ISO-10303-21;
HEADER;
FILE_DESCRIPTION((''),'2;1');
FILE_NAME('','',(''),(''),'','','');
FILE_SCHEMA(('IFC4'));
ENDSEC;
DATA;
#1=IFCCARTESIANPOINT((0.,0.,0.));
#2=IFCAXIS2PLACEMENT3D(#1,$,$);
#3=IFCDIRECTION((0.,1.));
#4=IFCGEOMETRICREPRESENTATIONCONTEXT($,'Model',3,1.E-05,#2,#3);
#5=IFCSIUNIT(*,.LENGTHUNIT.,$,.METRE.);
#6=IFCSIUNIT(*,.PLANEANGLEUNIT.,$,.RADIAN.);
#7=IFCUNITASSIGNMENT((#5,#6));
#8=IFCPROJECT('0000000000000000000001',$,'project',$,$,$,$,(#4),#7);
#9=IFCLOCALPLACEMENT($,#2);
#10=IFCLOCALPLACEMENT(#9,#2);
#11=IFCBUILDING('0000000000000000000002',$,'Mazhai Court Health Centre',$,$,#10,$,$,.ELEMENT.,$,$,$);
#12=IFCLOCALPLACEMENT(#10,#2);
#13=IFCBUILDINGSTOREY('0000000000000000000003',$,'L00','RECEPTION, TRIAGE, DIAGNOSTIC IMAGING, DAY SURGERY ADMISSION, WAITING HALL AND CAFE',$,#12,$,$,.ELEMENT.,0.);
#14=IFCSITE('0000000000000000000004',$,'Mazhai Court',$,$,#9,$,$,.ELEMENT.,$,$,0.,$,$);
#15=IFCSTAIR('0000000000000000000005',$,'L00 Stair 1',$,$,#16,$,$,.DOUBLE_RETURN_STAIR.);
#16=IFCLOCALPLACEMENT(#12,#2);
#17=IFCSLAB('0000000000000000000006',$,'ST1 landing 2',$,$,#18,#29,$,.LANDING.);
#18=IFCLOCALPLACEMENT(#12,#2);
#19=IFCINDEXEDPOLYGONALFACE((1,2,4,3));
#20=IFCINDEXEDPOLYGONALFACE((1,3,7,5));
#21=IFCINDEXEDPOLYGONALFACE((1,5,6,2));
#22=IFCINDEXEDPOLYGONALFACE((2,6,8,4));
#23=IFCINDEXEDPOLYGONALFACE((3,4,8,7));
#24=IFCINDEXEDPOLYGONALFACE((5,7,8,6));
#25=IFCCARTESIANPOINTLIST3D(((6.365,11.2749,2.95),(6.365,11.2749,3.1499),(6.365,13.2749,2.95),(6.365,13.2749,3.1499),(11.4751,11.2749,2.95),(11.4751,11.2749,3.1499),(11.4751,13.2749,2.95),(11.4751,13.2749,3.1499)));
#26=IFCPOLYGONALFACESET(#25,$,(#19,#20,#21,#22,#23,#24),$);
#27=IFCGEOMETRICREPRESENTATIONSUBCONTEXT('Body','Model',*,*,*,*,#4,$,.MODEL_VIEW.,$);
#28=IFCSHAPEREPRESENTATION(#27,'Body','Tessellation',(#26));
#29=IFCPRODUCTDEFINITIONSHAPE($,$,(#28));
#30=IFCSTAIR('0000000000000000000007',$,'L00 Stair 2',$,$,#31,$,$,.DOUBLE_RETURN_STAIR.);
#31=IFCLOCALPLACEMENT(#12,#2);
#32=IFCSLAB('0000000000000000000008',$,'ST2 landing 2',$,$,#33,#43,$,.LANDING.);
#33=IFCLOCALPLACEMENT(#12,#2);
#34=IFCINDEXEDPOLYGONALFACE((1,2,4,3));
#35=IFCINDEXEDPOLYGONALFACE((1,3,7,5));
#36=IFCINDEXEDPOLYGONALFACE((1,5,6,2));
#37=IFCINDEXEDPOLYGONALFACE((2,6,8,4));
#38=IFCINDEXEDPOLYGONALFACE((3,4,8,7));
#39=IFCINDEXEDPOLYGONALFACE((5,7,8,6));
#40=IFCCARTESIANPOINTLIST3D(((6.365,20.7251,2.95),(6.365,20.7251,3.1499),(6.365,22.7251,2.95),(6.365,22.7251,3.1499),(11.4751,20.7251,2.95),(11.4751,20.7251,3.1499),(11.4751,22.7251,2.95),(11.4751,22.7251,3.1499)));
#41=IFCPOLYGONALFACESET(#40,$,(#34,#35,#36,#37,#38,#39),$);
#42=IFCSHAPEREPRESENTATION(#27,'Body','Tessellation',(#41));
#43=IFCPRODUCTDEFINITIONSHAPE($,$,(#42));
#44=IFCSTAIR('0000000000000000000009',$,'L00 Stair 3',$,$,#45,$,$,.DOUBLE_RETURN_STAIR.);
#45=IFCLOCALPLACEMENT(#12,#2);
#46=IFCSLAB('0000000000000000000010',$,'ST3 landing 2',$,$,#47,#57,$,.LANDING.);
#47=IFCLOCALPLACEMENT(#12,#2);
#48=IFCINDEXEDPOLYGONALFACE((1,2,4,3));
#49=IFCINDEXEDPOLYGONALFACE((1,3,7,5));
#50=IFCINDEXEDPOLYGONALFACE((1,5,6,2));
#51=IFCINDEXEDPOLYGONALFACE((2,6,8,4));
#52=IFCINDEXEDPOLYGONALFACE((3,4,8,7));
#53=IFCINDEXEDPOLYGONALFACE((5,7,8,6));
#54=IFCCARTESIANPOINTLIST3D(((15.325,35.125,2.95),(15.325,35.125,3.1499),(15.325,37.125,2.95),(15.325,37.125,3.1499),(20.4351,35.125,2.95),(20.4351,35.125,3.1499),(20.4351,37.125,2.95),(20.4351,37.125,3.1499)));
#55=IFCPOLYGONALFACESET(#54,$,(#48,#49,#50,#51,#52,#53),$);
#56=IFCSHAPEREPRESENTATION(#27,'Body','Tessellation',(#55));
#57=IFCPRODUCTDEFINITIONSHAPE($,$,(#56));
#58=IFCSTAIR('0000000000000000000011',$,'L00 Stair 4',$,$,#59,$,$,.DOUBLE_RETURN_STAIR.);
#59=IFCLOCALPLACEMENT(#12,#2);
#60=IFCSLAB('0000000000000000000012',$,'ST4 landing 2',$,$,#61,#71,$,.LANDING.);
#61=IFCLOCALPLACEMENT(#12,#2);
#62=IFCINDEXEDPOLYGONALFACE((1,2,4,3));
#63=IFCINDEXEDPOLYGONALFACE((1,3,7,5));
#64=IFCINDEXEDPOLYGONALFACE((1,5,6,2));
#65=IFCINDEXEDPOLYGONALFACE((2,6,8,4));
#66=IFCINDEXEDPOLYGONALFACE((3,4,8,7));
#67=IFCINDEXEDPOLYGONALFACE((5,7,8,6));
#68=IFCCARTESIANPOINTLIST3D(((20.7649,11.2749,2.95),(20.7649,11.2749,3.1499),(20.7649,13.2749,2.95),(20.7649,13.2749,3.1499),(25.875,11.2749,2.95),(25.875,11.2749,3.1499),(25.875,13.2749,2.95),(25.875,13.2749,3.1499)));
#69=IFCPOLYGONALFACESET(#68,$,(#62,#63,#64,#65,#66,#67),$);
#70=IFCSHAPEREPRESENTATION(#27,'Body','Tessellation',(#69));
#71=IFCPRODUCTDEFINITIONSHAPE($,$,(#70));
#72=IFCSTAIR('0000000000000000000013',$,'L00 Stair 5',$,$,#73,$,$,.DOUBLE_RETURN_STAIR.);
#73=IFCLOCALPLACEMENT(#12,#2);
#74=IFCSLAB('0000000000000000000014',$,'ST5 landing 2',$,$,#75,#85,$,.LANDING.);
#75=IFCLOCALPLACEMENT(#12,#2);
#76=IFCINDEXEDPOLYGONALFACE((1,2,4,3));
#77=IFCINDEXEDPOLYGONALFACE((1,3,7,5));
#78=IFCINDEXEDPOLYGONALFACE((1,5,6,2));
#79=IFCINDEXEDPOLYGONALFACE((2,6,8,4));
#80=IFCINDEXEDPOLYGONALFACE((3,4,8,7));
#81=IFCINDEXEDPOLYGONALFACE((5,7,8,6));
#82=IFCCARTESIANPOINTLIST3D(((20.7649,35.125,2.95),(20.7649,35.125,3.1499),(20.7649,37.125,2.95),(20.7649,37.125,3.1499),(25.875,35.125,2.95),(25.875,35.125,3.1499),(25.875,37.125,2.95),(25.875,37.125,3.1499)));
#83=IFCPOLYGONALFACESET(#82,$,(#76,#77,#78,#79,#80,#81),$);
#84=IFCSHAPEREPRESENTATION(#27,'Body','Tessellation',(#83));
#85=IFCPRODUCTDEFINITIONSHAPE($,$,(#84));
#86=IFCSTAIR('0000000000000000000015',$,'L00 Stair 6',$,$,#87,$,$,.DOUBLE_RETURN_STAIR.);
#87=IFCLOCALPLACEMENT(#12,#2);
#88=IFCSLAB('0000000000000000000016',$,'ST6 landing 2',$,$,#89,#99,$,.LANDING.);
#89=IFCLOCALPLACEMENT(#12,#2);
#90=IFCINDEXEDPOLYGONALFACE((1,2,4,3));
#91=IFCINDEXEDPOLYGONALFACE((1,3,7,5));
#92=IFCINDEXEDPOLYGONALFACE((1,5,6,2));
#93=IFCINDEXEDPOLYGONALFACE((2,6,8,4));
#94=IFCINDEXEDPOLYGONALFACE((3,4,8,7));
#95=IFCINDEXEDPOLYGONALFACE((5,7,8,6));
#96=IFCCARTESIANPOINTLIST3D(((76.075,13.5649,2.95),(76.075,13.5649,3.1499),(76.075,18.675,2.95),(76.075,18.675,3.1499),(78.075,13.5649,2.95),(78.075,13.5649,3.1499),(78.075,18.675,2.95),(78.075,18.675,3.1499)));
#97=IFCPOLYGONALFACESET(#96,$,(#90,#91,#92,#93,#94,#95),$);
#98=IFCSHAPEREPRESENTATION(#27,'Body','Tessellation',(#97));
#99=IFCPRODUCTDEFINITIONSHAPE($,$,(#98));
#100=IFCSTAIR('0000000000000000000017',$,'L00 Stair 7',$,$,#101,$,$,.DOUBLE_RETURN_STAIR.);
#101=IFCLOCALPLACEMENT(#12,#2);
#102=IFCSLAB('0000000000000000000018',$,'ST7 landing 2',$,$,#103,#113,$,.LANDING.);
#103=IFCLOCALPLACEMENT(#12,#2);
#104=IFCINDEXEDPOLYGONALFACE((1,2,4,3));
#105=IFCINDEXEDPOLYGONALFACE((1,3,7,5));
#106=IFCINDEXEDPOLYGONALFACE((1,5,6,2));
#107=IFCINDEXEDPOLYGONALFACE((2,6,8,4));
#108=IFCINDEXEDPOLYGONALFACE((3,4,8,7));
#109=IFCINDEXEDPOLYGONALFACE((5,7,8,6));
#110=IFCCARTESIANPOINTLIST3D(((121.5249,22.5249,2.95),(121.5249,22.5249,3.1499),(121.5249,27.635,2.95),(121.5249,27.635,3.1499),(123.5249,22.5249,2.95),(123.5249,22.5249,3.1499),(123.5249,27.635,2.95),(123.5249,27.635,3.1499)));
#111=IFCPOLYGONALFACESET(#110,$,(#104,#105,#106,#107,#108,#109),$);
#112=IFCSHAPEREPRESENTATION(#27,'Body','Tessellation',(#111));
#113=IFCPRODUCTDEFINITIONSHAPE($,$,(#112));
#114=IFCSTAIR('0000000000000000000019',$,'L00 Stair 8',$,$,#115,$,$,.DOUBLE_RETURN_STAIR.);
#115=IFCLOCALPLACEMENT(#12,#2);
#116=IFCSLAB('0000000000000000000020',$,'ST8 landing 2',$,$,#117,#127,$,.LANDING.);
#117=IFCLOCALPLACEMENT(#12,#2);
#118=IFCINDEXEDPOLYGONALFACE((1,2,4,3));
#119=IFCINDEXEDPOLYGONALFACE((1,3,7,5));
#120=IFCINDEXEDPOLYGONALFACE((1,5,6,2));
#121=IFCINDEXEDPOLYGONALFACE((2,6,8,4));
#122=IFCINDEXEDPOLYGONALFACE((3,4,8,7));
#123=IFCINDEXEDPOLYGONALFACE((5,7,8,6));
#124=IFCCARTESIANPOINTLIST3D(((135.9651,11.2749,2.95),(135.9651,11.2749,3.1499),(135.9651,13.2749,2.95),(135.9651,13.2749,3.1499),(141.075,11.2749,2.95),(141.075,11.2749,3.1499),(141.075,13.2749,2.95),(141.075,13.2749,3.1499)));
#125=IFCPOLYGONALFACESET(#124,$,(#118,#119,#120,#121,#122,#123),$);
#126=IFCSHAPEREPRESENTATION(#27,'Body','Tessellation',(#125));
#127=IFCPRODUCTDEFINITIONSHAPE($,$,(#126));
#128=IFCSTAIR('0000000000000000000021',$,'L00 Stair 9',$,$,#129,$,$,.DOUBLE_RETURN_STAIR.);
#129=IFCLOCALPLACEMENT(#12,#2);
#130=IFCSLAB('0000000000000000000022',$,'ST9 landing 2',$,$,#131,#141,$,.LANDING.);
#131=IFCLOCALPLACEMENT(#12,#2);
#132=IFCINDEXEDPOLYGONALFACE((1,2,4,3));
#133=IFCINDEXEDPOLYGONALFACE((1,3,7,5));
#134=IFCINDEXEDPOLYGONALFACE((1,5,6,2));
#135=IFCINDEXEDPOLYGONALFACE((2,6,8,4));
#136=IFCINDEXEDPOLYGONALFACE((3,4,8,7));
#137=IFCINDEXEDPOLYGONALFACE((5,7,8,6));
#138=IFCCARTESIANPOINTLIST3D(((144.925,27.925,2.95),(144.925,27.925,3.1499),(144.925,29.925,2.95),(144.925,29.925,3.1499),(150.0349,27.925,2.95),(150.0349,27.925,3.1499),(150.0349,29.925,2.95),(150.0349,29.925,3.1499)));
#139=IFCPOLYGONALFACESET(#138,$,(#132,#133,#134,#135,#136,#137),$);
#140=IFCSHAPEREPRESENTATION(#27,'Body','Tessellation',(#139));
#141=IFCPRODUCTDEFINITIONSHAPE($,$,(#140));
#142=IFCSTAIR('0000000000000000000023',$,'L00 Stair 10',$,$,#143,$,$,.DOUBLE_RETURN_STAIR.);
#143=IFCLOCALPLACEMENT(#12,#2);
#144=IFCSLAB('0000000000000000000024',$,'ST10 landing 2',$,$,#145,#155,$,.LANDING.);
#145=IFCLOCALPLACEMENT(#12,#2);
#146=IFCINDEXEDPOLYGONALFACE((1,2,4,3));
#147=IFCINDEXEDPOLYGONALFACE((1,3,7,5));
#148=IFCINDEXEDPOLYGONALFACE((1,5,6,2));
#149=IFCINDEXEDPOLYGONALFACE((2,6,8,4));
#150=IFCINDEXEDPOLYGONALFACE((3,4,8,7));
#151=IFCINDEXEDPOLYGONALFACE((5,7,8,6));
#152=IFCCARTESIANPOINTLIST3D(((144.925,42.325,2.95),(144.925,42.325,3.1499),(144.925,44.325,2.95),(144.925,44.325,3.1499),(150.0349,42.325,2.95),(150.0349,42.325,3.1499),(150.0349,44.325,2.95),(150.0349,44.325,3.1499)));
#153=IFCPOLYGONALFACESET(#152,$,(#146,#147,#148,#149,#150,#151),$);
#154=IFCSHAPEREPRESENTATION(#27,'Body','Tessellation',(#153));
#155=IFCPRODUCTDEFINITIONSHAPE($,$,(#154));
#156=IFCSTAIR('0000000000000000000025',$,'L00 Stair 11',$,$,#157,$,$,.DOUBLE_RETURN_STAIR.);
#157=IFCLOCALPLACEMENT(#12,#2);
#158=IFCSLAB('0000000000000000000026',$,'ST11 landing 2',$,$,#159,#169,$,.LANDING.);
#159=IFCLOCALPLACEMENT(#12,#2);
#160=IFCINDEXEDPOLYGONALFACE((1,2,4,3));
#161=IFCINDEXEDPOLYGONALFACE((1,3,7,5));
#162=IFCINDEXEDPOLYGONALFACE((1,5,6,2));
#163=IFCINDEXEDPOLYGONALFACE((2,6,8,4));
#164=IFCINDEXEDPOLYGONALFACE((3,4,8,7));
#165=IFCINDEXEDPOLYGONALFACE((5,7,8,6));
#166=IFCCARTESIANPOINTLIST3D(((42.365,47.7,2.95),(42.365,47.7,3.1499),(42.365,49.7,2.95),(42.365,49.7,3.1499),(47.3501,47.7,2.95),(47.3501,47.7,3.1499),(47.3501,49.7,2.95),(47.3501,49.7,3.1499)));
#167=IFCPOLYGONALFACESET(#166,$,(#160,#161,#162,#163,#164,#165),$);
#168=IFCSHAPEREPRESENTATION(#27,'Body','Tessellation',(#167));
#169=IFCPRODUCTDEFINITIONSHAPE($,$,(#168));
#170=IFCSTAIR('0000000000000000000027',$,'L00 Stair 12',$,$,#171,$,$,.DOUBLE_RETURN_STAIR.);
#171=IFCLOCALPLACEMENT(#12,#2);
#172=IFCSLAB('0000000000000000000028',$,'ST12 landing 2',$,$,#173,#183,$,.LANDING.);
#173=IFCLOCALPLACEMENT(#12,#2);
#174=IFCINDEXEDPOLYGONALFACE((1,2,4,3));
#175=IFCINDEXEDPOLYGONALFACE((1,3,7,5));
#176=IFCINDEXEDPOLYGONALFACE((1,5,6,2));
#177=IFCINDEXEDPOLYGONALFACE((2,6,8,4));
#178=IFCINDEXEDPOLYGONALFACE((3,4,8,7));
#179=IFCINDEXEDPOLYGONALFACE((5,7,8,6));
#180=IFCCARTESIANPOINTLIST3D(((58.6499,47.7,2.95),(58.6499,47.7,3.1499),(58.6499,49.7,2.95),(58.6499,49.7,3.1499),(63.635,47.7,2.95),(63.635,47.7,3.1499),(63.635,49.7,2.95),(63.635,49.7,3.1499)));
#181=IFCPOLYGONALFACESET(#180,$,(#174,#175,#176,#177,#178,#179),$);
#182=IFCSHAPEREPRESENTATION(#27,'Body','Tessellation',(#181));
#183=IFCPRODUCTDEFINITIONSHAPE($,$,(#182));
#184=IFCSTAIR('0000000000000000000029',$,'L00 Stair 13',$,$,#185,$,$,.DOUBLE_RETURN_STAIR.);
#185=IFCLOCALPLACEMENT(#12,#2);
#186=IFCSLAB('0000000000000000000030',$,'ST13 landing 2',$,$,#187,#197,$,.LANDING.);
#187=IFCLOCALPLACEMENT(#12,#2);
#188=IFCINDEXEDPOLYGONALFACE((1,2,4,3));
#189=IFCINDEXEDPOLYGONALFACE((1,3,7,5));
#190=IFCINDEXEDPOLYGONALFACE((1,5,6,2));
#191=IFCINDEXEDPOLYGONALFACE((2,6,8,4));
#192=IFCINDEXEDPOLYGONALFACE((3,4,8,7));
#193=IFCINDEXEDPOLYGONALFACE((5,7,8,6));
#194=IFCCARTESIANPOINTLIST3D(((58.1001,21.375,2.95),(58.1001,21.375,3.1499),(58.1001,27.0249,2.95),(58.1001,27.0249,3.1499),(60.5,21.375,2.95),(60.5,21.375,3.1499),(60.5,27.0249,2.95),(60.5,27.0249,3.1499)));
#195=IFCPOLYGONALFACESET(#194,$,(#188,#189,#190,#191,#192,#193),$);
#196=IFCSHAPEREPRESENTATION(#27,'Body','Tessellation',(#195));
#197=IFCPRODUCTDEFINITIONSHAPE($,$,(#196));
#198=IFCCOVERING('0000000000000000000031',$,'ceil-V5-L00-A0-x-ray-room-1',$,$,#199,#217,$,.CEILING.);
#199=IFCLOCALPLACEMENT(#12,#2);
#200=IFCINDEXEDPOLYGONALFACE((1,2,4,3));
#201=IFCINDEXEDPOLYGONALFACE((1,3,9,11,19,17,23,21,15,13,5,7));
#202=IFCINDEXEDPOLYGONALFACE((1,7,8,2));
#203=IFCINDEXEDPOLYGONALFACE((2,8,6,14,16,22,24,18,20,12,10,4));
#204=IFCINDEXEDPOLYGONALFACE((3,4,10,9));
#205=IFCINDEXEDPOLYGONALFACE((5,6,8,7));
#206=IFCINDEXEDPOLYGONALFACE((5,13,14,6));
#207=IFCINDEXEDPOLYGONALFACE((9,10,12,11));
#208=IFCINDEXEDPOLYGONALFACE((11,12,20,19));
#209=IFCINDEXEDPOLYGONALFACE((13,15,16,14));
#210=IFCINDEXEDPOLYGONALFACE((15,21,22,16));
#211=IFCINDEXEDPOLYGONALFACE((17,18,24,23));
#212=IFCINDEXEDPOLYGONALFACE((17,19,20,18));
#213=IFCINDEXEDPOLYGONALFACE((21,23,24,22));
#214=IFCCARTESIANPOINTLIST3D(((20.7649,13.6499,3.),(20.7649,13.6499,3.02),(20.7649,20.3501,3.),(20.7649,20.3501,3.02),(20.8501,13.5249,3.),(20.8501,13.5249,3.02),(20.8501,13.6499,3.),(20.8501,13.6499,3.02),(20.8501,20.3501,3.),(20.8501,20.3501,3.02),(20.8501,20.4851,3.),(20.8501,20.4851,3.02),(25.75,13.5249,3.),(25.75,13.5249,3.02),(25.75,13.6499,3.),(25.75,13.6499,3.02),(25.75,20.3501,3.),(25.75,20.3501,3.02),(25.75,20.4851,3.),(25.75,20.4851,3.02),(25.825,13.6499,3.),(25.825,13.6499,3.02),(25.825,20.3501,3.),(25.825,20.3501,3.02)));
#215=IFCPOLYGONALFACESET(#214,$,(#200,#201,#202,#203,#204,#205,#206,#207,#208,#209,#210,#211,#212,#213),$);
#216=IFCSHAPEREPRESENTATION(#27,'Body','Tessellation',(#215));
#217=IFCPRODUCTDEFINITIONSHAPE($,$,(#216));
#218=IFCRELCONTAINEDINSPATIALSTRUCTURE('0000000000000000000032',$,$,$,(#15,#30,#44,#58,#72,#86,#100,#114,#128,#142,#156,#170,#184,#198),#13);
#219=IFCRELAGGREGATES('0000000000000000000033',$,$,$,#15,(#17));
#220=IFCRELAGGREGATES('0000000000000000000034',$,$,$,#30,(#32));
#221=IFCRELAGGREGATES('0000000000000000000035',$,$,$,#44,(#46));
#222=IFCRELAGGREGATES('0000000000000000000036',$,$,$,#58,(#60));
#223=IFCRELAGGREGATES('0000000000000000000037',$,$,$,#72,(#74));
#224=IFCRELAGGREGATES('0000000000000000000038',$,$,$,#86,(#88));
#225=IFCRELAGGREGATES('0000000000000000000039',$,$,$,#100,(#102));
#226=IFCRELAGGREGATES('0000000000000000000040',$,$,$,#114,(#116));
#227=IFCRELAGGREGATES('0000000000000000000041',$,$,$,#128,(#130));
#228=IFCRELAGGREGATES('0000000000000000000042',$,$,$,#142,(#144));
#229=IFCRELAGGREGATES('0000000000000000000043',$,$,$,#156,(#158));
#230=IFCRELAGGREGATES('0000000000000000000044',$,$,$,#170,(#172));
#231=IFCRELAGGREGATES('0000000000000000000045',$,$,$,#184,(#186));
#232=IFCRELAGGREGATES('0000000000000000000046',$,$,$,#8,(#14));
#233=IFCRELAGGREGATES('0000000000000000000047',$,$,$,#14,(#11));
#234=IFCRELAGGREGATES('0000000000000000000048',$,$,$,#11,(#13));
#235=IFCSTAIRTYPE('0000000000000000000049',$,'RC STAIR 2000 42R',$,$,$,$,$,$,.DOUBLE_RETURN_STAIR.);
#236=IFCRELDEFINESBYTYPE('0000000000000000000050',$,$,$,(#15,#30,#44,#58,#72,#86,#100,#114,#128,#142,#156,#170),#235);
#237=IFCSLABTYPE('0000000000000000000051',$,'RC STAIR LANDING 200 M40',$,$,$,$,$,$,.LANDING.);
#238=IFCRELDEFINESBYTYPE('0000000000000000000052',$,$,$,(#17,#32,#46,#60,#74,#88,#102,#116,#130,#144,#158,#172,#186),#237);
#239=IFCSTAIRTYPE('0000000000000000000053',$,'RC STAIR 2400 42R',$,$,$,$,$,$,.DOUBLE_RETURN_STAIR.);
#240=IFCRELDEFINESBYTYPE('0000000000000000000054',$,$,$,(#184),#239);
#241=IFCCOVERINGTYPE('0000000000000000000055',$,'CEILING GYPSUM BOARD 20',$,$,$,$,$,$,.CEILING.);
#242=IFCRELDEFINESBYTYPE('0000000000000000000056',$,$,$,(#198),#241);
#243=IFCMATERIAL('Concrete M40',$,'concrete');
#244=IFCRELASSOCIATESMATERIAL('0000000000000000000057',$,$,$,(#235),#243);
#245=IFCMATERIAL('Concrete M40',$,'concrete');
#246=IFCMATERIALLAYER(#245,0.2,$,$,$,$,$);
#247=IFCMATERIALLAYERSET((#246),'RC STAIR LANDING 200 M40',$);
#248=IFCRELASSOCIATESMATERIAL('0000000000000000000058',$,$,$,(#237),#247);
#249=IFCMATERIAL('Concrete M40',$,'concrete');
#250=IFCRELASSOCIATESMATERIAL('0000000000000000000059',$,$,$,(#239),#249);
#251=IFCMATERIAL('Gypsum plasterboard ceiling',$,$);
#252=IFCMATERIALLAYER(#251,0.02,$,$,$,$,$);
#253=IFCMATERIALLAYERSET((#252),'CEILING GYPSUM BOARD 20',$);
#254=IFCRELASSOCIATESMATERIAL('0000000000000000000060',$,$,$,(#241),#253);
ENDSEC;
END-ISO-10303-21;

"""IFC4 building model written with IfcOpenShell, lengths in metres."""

from ifc_helpers import new_model, si_unit, direction, frame, origin, place, context, subcontext, project, spatial, polyline, outline, extrude, material, layer, layer_set, type_object, element, aggregate, save


model = new_model("IFC4")

# Units and contexts
model_context = context("Model", 3, precision=1e-05, world=origin(), true_north=direction((0.0, 1.0)))
body_context = subcontext(model_context, "Body", "Model", "MODEL_VIEW")
ifc_project = project(units=[si_unit("LENGTHUNIT", "METRE"), si_unit("PLANEANGLEUNIT", "RADIAN")], contexts=[model_context])

# Site, building, storey
site_placement = place(None, origin())
site = spatial("IfcSite", under=ifc_project, at=site_placement, Name="Mazhai Court", CompositionType="ELEMENT", RefElevation=0.0)
building_placement = place(site_placement, origin())
building = spatial("IfcBuilding", under=site, at=building_placement, Name="Mazhai Court Health Centre", CompositionType="ELEMENT")
storey_placement = place(building_placement, origin())
storey = spatial("IfcBuildingStorey", under=building, at=storey_placement, Name="L00", Description="RECEPTION, TRIAGE, DIAGNOSTIC IMAGING, DAY SURGERY ADMISSION, WAITING HALL AND CAFE", CompositionType="ELEMENT", Elevation=0.0)

# Stairs, slabs
ifc_material_1 = material(Name="Concrete M40", Category="concrete")
stair_type_1 = type_object("IfcStairType", Name="RC STAIR 2000 42R", PredefinedType="DOUBLE_RETURN_STAIR", material=ifc_material_1)
stair_1_placement = place(storey_placement, origin())
stair_1 = element("IfcStair", 1, at=stair_1_placement, inside=storey, type_object=stair_type_1, Name="L00 Stair 1", PredefinedType="DOUBLE_RETURN_STAIR")
ifc_material_2 = material(Name="Concrete M40", Category="concrete")
ifc_layer_1 = layer(ifc_material_2, 0.2)
ifc_layer_set_1 = layer_set([ifc_layer_1], Name="RC STAIR LANDING 200 M40")
slab_type = type_object("IfcSlabType", Name="RC STAIR LANDING 200 M40", PredefinedType="LANDING", material=ifc_layer_set_1)
slab_1_placement = place(storey_placement, frame((0.0, 0.0, 2.95)))
slab_1 = element("IfcSlab", 2, at=slab_1_placement, type_object=slab_type, Name="ST1 landing 2", PredefinedType="LANDING", context=body_context, shape_type="SweptSolid", body=[
    extrude(outline(polyline([(6.365, 13.2749), (6.365, 11.2749), (11.4751, 11.2749), (11.4751, 13.2749), (6.365, 13.2749)])), origin(), (0.0, 0.0, 1.0), 0.2),
])
aggregate(stair_1, [slab_1])
stair_2_placement = place(storey_placement, origin())
stair_2 = element("IfcStair", 3, at=stair_2_placement, inside=storey, type_object=stair_type_1, Name="L00 Stair 2", PredefinedType="DOUBLE_RETURN_STAIR")
slab_2_placement = place(storey_placement, frame((0.0, 0.0, 2.95)))
slab_2 = element("IfcSlab", 4, at=slab_2_placement, type_object=slab_type, Name="ST2 landing 2", PredefinedType="LANDING", context=body_context, shape_type="SweptSolid", body=[
    extrude(outline(polyline([(11.4751, 20.7251), (11.4751, 22.7251), (6.365, 22.7251), (6.365, 20.7251), (11.4751, 20.7251)])), origin(), (0.0, 0.0, 1.0), 0.2),
])
aggregate(stair_2, [slab_2])
stair_3_placement = place(storey_placement, origin())
stair_3 = element("IfcStair", 5, at=stair_3_placement, inside=storey, type_object=stair_type_1, Name="L00 Stair 3", PredefinedType="DOUBLE_RETURN_STAIR")
slab_3_placement = place(storey_placement, frame((0.0, 0.0, 2.95)))
slab_3 = element("IfcSlab", 6, at=slab_3_placement, type_object=slab_type, Name="ST3 landing 2", PredefinedType="LANDING", context=body_context, shape_type="SweptSolid", body=[
    extrude(outline(polyline([(20.4351, 35.125), (20.4351, 37.125), (15.325, 37.125), (15.325, 35.125), (20.4351, 35.125)])), origin(), (0.0, 0.0, 1.0), 0.2),
])
aggregate(stair_3, [slab_3])
stair_4_placement = place(storey_placement, origin())
stair_4 = element("IfcStair", 7, at=stair_4_placement, inside=storey, type_object=stair_type_1, Name="L00 Stair 4", PredefinedType="DOUBLE_RETURN_STAIR")
slab_4_placement = place(storey_placement, frame((0.0, 0.0, 2.95)))
slab_4 = element("IfcSlab", 8, at=slab_4_placement, type_object=slab_type, Name="ST4 landing 2", PredefinedType="LANDING", context=body_context, shape_type="SweptSolid", body=[
    extrude(outline(polyline([(20.7649, 13.2749), (20.7649, 11.2749), (25.875, 11.2749), (25.875, 13.2749), (20.7649, 13.2749)])), origin(), (0.0, 0.0, 1.0), 0.2),
])
aggregate(stair_4, [slab_4])
stair_5_placement = place(storey_placement, origin())
stair_5 = element("IfcStair", 9, at=stair_5_placement, inside=storey, type_object=stair_type_1, Name="L00 Stair 5", PredefinedType="DOUBLE_RETURN_STAIR")
slab_5_placement = place(storey_placement, frame((0.0, 0.0, 2.95)))
slab_5 = element("IfcSlab", 10, at=slab_5_placement, type_object=slab_type, Name="ST5 landing 2", PredefinedType="LANDING", context=body_context, shape_type="SweptSolid", body=[
    extrude(outline(polyline([(25.875, 35.125), (25.875, 37.125), (20.7649, 37.125), (20.7649, 35.125), (25.875, 35.125)])), origin(), (0.0, 0.0, 1.0), 0.2),
])
aggregate(stair_5, [slab_5])
stair_6_placement = place(storey_placement, origin())
stair_6 = element("IfcStair", 11, at=stair_6_placement, inside=storey, type_object=stair_type_1, Name="L00 Stair 6", PredefinedType="DOUBLE_RETURN_STAIR")
slab_6_placement = place(storey_placement, frame((0.0, 0.0, 2.95)))
slab_6 = element("IfcSlab", 12, at=slab_6_placement, type_object=slab_type, Name="ST6 landing 2", PredefinedType="LANDING", context=body_context, shape_type="SweptSolid", body=[
    extrude(outline(polyline([(78.075, 18.675), (76.075, 18.675), (76.075, 13.5649), (78.075, 13.5649), (78.075, 18.675)])), origin(), (0.0, 0.0, 1.0), 0.2),
])
aggregate(stair_6, [slab_6])
stair_7_placement = place(storey_placement, origin())
stair_7 = element("IfcStair", 13, at=stair_7_placement, inside=storey, type_object=stair_type_1, Name="L00 Stair 7", PredefinedType="DOUBLE_RETURN_STAIR")
slab_7_placement = place(storey_placement, frame((0.0, 0.0, 2.95)))
slab_7 = element("IfcSlab", 14, at=slab_7_placement, type_object=slab_type, Name="ST7 landing 2", PredefinedType="LANDING", context=body_context, shape_type="SweptSolid", body=[
    extrude(outline(polyline([(121.5249, 22.5249), (123.5249, 22.5249), (123.5249, 27.635), (121.5249, 27.635), (121.5249, 22.5249)])), origin(), (0.0, 0.0, 1.0), 0.2),
])
aggregate(stair_7, [slab_7])
stair_8_placement = place(storey_placement, origin())
stair_8 = element("IfcStair", 15, at=stair_8_placement, inside=storey, type_object=stair_type_1, Name="L00 Stair 8", PredefinedType="DOUBLE_RETURN_STAIR")
slab_8_placement = place(storey_placement, frame((0.0, 0.0, 2.95)))
slab_8 = element("IfcSlab", 16, at=slab_8_placement, type_object=slab_type, Name="ST8 landing 2", PredefinedType="LANDING", context=body_context, shape_type="SweptSolid", body=[
    extrude(outline(polyline([(135.9651, 13.2749), (135.9651, 11.2749), (141.075, 11.2749), (141.075, 13.2749), (135.9651, 13.2749)])), origin(), (0.0, 0.0, 1.0), 0.2),
])
aggregate(stair_8, [slab_8])
stair_9_placement = place(storey_placement, origin())
stair_9 = element("IfcStair", 17, at=stair_9_placement, inside=storey, type_object=stair_type_1, Name="L00 Stair 9", PredefinedType="DOUBLE_RETURN_STAIR")
slab_9_placement = place(storey_placement, frame((0.0, 0.0, 2.95)))
slab_9 = element("IfcSlab", 18, at=slab_9_placement, type_object=slab_type, Name="ST9 landing 2", PredefinedType="LANDING", context=body_context, shape_type="SweptSolid", body=[
    extrude(outline(polyline([(150.0349, 27.925), (150.0349, 29.925), (144.925, 29.925), (144.925, 27.925), (150.0349, 27.925)])), origin(), (0.0, 0.0, 1.0), 0.2),
])
aggregate(stair_9, [slab_9])
stair_10_placement = place(storey_placement, origin())
stair_10 = element("IfcStair", 19, at=stair_10_placement, inside=storey, type_object=stair_type_1, Name="L00 Stair 10", PredefinedType="DOUBLE_RETURN_STAIR")
slab_10_placement = place(storey_placement, frame((0.0, 0.0, 2.95)))
slab_10 = element("IfcSlab", 20, at=slab_10_placement, type_object=slab_type, Name="ST10 landing 2", PredefinedType="LANDING", context=body_context, shape_type="SweptSolid", body=[
    extrude(outline(polyline([(150.0349, 42.325), (150.0349, 44.325), (144.925, 44.325), (144.925, 42.325), (150.0349, 42.325)])), origin(), (0.0, 0.0, 1.0), 0.2),
])
aggregate(stair_10, [slab_10])
stair_11_placement = place(storey_placement, origin())
stair_11 = element("IfcStair", 21, at=stair_11_placement, inside=storey, type_object=stair_type_1, Name="L00 Stair 11", PredefinedType="DOUBLE_RETURN_STAIR")
slab_11_placement = place(storey_placement, frame((0.0, 0.0, 2.95)))
slab_11 = element("IfcSlab", 22, at=slab_11_placement, type_object=slab_type, Name="ST11 landing 2", PredefinedType="LANDING", context=body_context, shape_type="SweptSolid", body=[
    extrude(outline(polyline([(47.3501, 47.7), (47.3501, 49.7), (42.365, 49.7), (42.365, 47.7), (47.3501, 47.7)])), origin(), (0.0, 0.0, 1.0), 0.2),
])
aggregate(stair_11, [slab_11])
stair_12_placement = place(storey_placement, origin())
stair_12 = element("IfcStair", 23, at=stair_12_placement, inside=storey, type_object=stair_type_1, Name="L00 Stair 12", PredefinedType="DOUBLE_RETURN_STAIR")
slab_12_placement = place(storey_placement, frame((0.0, 0.0, 2.95)))
slab_12 = element("IfcSlab", 24, at=slab_12_placement, type_object=slab_type, Name="ST12 landing 2", PredefinedType="LANDING", context=body_context, shape_type="SweptSolid", body=[
    extrude(outline(polyline([(63.635, 47.7), (63.635, 49.7), (58.6499, 49.7), (58.6499, 47.7), (63.635, 47.7)])), origin(), (0.0, 0.0, 1.0), 0.2),
])
aggregate(stair_12, [slab_12])
ifc_material_3 = material(Name="Concrete M40", Category="concrete")
stair_type_2 = type_object("IfcStairType", Name="RC STAIR 2400 42R", PredefinedType="DOUBLE_RETURN_STAIR", material=ifc_material_3)
stair_13_placement = place(storey_placement, origin())
stair_13 = element("IfcStair", 25, at=stair_13_placement, inside=storey, type_object=stair_type_2, Name="L00 Stair 13", PredefinedType="DOUBLE_RETURN_STAIR")
slab_13_placement = place(storey_placement, frame((0.0, 0.0, 2.95)))
slab_13 = element("IfcSlab", 26, at=slab_13_placement, type_object=slab_type, Name="ST13 landing 2", PredefinedType="LANDING", context=body_context, shape_type="SweptSolid", body=[
    extrude(outline(polyline([(60.5, 27.0249), (58.1001, 27.0249), (58.1001, 21.375), (60.5, 21.375), (60.5, 27.0249)])), origin(), (0.0, 0.0, 1.0), 0.2),
])
aggregate(stair_13, [slab_13])

# Covering
ifc_material_4 = material(Name="Gypsum plasterboard ceiling")
ifc_layer_2 = layer(ifc_material_4, 0.02)
ifc_layer_set_2 = layer_set([ifc_layer_2], Name="CEILING GYPSUM BOARD 20")
covering_type_1 = type_object("IfcCoveringType", Name="CEILING GYPSUM BOARD 20", PredefinedType="CEILING", material=ifc_layer_set_2)
covering_1_placement = place(storey_placement, frame((0.0, 0.0, 3.0)))
element("IfcCovering", 27, at=covering_1_placement, inside=storey, type_object=covering_type_1, Name="ceil-V5-L00-A0-x-ray-room-1", PredefinedType="CEILING", context=body_context, shape_type="SweptSolid", body=[
    extrude(outline(polyline([(25.825, 20.3501), (25.75, 20.3501), (25.75, 20.4851), (20.8501, 20.4851), (20.8501, 20.3501), (20.7649, 20.3501), (20.7649, 13.6499), (20.8501, 13.6499), (20.8501, 13.5249), (25.75, 13.5249), (25.75, 13.6499), (25.825, 13.6499), (25.825, 20.3501)])), origin(), (0.0, 0.0, 1.0), 0.02),
])

save(model, "model.ifc")
